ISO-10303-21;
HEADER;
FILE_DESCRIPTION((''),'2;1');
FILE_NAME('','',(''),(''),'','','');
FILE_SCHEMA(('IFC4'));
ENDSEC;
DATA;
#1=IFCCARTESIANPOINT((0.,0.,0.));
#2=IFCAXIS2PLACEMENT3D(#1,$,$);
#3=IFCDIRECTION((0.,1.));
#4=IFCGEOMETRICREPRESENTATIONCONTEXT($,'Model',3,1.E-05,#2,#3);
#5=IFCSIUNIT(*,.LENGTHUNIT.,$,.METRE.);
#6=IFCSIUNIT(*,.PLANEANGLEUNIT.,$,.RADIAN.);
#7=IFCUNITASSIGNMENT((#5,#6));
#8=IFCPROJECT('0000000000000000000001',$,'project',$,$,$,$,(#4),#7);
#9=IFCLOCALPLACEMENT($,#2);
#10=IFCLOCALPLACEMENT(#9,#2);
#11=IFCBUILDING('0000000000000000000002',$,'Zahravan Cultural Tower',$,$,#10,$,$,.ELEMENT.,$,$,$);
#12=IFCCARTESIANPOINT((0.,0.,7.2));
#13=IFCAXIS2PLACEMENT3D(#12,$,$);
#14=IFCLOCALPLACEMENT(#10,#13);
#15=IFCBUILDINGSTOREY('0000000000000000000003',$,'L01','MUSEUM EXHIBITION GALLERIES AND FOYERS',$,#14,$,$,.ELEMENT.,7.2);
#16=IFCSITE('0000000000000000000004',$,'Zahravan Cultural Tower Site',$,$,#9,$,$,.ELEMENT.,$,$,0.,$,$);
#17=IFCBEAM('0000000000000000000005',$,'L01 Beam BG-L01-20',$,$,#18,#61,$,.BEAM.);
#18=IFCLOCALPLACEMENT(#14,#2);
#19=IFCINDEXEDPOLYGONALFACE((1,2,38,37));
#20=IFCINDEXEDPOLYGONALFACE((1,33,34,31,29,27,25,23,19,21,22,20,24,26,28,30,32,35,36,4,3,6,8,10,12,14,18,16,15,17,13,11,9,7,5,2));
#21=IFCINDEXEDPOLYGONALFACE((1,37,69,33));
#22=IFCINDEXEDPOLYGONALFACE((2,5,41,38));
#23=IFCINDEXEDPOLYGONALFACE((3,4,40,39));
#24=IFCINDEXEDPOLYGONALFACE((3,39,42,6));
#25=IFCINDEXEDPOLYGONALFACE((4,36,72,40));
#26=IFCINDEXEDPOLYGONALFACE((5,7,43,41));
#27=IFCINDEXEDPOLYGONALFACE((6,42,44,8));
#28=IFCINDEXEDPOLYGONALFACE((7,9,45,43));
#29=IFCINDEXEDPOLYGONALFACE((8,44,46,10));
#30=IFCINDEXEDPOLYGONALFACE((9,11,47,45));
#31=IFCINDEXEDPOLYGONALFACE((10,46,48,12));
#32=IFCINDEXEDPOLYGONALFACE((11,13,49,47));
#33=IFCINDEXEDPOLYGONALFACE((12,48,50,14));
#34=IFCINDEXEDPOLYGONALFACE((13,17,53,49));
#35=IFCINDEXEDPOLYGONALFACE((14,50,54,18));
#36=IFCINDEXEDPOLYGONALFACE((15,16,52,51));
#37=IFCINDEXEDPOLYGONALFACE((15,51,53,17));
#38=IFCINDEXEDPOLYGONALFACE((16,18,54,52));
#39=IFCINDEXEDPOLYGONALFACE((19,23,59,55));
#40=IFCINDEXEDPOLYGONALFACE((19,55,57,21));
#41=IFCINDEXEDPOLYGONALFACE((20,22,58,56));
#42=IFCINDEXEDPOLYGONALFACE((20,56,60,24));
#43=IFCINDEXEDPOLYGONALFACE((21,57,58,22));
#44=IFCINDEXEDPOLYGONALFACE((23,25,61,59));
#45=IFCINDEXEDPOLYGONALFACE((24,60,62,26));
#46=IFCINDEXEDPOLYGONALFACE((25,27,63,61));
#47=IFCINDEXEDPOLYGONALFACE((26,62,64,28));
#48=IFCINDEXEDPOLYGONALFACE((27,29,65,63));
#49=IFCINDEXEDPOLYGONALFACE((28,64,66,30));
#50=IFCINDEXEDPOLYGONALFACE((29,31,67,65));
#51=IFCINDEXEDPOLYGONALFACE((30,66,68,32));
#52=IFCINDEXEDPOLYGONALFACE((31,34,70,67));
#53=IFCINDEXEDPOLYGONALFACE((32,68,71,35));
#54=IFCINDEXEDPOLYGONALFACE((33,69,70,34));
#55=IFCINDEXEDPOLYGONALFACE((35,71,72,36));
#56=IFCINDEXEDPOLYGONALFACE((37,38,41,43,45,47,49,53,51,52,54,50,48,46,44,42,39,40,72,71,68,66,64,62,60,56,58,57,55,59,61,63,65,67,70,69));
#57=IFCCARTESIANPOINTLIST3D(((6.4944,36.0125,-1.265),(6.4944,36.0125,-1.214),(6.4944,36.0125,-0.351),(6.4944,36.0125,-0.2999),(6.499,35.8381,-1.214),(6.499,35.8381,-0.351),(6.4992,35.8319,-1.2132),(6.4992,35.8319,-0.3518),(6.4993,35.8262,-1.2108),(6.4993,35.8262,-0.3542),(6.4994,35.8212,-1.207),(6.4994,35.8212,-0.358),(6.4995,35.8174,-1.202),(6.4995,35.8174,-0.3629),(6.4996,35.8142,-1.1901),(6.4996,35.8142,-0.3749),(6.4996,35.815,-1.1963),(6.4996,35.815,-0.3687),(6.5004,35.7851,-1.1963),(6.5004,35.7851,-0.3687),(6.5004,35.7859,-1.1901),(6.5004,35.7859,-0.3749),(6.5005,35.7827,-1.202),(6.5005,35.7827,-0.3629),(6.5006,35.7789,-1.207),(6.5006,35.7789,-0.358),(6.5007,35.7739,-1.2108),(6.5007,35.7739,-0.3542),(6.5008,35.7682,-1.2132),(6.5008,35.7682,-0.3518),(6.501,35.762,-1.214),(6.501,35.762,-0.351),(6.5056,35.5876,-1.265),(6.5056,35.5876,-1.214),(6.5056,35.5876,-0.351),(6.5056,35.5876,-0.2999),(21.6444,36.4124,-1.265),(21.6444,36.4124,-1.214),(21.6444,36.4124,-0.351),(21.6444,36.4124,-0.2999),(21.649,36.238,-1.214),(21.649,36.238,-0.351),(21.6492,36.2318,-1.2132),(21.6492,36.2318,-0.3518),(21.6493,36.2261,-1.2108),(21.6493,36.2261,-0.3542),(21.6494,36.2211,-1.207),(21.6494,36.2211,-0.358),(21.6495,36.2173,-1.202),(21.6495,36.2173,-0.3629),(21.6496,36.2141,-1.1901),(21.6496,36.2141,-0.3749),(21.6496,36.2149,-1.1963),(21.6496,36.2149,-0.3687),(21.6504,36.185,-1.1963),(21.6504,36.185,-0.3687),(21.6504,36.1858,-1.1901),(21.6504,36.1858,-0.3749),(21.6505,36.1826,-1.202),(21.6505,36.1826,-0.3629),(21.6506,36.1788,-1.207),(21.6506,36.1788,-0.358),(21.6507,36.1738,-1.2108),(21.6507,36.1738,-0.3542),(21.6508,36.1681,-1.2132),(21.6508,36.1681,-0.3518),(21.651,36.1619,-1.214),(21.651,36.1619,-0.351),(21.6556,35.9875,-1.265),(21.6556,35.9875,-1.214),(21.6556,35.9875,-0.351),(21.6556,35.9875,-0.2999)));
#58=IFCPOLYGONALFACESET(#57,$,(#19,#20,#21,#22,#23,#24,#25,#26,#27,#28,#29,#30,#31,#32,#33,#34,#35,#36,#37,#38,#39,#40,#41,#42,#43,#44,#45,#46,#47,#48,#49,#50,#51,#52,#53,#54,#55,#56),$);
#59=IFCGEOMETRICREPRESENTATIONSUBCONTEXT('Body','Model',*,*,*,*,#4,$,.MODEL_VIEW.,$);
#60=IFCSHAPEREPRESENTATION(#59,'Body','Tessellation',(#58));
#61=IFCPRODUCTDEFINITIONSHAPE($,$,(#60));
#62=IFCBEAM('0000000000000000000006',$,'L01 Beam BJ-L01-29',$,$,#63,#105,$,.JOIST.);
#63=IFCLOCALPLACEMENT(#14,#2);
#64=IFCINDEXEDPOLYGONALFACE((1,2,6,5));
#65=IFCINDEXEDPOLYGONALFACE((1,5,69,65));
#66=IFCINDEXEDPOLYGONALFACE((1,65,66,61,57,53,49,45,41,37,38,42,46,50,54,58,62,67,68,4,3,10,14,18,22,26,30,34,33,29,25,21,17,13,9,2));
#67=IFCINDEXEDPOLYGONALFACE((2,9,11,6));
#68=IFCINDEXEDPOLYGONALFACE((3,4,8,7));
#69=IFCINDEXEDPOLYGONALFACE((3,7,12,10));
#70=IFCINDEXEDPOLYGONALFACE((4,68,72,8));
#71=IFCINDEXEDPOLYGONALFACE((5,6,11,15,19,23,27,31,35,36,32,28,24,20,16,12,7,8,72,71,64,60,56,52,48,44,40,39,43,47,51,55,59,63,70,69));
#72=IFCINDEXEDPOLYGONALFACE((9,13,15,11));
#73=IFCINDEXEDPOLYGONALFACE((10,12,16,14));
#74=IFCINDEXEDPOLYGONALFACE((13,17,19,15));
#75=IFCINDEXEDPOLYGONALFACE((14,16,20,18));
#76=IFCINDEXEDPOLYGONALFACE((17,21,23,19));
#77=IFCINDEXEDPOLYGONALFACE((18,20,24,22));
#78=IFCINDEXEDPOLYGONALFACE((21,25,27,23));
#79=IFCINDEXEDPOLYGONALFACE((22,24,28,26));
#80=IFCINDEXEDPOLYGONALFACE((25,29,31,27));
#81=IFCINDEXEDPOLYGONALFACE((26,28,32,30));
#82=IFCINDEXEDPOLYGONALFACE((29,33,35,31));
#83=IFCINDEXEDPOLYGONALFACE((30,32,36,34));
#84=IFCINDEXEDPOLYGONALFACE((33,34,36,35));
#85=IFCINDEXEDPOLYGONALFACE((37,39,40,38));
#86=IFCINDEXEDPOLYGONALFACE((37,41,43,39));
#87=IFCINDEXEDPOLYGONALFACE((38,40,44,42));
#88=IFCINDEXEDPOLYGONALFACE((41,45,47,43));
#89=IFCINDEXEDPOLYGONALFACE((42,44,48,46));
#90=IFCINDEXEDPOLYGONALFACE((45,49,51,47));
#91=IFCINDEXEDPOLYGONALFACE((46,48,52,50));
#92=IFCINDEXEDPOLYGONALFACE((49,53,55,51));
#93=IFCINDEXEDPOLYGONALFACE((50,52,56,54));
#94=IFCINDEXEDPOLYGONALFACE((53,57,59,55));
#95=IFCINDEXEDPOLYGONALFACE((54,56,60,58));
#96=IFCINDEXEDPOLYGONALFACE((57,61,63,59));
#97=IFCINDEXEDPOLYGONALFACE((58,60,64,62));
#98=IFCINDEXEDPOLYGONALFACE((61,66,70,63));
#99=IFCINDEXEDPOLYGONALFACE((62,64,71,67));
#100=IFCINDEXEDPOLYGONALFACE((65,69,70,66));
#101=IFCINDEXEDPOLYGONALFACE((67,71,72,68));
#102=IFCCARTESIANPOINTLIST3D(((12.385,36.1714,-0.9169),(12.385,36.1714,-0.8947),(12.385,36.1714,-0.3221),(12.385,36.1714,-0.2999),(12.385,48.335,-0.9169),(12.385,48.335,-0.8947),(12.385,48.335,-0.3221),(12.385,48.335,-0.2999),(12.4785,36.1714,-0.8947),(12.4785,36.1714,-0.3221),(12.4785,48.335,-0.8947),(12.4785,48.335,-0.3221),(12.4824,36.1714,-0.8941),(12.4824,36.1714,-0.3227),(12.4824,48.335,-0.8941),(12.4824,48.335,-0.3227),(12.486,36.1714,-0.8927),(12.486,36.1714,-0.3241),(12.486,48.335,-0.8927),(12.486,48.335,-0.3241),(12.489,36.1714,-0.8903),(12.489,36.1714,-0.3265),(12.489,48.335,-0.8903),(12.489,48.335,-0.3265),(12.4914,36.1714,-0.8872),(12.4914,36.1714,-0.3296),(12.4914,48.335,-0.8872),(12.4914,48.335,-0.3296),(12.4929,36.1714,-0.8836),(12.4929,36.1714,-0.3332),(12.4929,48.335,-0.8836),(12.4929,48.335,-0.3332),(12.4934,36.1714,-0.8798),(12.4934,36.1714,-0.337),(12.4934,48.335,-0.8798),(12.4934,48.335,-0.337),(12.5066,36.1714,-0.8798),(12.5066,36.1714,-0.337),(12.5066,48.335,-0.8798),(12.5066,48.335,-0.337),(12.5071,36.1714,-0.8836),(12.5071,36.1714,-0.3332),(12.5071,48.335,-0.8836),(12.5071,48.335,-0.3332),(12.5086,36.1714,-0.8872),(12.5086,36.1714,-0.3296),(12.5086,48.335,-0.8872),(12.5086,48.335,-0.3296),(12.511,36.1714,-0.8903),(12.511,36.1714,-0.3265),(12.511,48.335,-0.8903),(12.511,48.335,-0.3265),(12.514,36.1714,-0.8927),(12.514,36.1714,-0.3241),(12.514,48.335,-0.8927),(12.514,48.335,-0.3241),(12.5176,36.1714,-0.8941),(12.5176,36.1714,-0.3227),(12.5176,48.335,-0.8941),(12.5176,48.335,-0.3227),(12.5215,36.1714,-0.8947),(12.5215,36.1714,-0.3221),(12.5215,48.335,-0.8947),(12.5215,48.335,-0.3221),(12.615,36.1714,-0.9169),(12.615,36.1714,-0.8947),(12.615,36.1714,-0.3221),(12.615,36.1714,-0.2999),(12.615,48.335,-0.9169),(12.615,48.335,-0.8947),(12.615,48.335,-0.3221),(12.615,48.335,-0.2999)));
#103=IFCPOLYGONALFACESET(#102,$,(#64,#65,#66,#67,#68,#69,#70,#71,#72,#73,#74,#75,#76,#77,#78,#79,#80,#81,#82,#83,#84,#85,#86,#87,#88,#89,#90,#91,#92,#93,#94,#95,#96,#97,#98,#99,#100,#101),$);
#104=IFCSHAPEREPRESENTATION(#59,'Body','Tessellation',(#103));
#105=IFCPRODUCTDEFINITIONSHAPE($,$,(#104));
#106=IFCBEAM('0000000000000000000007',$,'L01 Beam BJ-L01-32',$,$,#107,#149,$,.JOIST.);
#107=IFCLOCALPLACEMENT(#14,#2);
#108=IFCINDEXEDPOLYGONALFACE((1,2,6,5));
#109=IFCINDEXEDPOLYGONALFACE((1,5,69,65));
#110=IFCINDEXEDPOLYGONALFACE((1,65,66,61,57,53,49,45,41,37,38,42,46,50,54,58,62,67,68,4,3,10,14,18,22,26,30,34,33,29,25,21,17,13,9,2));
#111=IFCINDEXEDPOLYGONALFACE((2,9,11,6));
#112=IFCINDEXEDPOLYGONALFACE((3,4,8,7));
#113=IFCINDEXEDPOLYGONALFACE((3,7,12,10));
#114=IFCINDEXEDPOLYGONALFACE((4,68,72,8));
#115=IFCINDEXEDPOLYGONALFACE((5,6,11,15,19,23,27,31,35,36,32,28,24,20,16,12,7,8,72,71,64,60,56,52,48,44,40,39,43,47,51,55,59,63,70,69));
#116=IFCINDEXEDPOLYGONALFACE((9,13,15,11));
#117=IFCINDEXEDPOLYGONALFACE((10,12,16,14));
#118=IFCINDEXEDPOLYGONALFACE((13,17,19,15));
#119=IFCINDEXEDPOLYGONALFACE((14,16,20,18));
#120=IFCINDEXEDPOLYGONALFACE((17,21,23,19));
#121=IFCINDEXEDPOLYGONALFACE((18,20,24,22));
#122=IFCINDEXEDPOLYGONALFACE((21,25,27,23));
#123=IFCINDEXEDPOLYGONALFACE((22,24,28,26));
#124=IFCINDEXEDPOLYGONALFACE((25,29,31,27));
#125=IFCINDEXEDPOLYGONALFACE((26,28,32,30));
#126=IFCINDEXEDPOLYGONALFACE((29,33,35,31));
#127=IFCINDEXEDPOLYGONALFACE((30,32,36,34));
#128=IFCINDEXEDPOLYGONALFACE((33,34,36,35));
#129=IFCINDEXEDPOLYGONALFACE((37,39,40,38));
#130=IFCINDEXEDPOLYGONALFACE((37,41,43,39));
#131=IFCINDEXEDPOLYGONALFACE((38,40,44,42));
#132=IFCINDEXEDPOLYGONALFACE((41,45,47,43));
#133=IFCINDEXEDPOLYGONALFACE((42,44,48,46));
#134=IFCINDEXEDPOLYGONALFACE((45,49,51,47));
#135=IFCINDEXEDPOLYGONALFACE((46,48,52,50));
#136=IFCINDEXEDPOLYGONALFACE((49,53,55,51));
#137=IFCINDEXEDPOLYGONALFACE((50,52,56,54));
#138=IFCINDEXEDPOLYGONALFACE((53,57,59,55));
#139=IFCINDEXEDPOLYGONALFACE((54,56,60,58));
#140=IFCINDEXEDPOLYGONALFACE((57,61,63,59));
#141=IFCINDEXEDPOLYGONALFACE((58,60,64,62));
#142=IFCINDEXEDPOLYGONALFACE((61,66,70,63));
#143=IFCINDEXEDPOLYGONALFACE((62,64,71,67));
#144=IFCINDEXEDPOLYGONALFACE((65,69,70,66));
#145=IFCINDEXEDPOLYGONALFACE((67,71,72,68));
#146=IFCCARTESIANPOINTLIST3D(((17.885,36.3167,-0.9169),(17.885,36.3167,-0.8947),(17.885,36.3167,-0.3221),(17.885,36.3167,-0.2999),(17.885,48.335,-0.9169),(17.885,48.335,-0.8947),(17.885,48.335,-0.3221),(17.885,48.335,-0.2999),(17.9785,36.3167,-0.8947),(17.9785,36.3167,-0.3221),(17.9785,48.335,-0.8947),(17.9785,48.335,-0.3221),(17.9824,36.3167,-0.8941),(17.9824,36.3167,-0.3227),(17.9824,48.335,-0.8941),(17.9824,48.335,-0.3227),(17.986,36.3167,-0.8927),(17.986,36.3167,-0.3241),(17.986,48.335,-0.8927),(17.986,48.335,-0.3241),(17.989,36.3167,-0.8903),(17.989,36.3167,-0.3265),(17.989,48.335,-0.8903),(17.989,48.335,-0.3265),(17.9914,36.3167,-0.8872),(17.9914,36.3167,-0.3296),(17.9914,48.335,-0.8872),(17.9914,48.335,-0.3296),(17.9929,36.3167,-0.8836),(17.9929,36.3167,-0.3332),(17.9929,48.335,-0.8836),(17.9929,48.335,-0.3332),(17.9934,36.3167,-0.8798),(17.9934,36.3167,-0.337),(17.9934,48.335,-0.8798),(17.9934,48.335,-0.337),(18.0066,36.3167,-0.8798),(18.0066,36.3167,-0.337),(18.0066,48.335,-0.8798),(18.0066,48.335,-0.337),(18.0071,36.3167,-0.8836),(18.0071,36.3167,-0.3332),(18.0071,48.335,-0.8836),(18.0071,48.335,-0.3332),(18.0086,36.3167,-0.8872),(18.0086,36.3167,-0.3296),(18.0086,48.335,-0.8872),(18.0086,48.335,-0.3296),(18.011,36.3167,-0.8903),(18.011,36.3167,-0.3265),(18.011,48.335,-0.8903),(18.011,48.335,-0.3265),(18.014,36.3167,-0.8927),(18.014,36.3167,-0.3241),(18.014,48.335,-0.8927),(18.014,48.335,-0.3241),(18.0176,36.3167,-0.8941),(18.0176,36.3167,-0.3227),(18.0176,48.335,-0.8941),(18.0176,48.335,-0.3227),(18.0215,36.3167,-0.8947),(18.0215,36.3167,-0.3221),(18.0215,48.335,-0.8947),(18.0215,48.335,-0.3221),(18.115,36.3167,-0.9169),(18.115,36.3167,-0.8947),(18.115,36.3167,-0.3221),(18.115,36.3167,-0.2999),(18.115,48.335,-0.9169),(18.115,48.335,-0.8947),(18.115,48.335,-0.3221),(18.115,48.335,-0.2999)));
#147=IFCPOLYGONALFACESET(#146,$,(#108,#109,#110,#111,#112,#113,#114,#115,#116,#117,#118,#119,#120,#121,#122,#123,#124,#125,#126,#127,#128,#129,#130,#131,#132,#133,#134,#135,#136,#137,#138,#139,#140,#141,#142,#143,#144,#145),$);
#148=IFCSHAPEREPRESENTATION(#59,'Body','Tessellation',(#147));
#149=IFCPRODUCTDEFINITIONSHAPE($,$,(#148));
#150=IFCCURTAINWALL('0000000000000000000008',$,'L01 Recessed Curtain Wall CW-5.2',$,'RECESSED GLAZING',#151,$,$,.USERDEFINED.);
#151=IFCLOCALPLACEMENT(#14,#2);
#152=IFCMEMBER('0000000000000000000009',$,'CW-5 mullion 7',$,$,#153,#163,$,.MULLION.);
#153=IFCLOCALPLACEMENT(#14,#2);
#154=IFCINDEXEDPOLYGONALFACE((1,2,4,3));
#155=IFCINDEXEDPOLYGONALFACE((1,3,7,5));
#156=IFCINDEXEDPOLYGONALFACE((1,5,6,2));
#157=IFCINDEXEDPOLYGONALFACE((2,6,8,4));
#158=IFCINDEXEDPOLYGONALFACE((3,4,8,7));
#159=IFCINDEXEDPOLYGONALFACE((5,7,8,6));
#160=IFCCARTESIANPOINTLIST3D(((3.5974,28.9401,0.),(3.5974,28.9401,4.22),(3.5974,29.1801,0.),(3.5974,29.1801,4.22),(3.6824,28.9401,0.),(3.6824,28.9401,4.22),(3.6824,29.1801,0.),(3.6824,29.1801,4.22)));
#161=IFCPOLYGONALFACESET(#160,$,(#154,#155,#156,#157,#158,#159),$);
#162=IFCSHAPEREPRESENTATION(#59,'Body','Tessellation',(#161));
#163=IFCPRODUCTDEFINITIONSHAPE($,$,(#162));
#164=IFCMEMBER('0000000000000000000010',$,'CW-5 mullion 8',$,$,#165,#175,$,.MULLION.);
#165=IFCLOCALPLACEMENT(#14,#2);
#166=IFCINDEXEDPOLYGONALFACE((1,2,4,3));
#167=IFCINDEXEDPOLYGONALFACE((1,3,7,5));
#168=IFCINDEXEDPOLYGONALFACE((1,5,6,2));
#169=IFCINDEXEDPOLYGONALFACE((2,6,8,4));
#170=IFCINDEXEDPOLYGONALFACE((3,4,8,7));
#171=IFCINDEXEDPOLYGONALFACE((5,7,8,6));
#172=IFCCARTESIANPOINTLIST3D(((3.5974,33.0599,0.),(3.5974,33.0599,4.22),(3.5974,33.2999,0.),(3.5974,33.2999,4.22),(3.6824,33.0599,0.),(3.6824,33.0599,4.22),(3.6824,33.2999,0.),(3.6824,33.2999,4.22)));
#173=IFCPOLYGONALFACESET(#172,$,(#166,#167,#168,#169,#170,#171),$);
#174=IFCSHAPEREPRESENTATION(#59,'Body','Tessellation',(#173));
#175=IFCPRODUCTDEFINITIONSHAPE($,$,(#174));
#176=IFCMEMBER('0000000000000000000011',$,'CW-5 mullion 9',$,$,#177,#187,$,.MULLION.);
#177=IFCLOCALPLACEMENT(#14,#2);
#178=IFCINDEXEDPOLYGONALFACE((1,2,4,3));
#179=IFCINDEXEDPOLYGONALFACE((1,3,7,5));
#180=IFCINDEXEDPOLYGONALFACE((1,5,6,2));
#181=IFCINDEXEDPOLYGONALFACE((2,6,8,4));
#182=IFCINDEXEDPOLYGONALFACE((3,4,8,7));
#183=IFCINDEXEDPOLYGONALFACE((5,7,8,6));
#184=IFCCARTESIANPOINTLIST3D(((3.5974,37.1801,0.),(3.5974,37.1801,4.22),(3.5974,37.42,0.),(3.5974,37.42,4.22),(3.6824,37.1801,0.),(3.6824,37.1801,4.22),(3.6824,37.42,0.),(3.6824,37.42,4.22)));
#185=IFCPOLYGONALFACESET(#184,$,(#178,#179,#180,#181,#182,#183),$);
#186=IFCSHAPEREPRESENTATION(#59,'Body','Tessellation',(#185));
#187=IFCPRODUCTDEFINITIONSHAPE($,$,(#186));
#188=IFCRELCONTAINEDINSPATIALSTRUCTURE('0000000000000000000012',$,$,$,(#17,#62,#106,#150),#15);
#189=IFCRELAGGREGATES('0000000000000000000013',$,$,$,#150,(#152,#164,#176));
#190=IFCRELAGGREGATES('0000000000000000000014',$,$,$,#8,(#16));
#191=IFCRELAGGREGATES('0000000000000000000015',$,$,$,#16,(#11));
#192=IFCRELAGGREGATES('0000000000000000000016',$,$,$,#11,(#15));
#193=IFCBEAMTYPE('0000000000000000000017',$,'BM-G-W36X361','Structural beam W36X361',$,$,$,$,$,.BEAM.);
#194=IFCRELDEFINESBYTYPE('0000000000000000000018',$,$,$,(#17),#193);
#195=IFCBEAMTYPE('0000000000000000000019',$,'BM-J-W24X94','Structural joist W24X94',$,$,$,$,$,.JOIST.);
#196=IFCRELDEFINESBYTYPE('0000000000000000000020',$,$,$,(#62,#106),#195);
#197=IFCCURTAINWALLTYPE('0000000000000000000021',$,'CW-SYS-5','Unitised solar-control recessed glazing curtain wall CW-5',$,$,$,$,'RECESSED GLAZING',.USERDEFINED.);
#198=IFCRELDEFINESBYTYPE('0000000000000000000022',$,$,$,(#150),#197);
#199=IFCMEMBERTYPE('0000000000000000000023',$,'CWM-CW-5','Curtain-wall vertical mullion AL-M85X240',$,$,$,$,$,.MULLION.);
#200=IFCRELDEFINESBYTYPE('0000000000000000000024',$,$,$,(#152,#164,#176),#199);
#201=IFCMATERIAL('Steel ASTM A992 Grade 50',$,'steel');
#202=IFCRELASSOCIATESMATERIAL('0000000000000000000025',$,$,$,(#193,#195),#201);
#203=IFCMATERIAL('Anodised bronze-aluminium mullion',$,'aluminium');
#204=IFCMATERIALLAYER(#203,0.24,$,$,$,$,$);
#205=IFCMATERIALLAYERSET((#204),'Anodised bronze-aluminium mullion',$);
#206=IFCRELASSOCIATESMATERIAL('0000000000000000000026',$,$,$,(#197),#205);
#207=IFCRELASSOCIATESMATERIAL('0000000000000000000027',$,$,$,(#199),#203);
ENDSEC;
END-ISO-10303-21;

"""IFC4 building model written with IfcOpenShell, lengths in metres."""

from ifc_helpers import new_model, si_unit, direction, frame, origin, origin_2d, place, context, subcontext, project, spatial, rectangle, i_section, extrude, source, transform, mapped, material, layer, layer_set, material_profile, profile_set, type_object, element, aggregate, save


model = new_model("IFC4")

# Units and contexts
model_context = context("Model", 3, precision=1e-05, world=origin(), true_north=direction((0.0, 1.0)))
body_context = subcontext(model_context, "Body", "Model", "MODEL_VIEW")
ifc_project = project(units=[si_unit("LENGTHUNIT", "METRE"), si_unit("PLANEANGLEUNIT", "RADIAN")], contexts=[model_context])

# Site, building, storey
site_placement = place(None, origin())
site = spatial("IfcSite", under=ifc_project, at=site_placement, Name="Zahravan Cultural Tower Site", CompositionType="ELEMENT", RefElevation=0.0)
building_placement = place(site_placement, origin())
building = spatial("IfcBuilding", under=site, at=building_placement, Name="Zahravan Cultural Tower", CompositionType="ELEMENT")
storey_placement = place(building_placement, frame((0.0, 0.0, 7.2)))
storey = spatial("IfcBuildingStorey", under=building, at=storey_placement, Name="L01", Description="MUSEUM EXHIBITION GALLERIES AND FOYERS", CompositionType="ELEMENT", Elevation=7.2)

# Beams
ifc_material_1 = material(Name="Steel ASTM A992 Grade 50", Category="steel")
ifc_material_profile_1 = material_profile(ifc_material_1, i_section(OverallWidth=0.425, OverallDepth=0.9651, WebThickness=0.0283, FlangeThickness=0.051, FilletRadius=0.0239, at=origin_2d()), Name="W36X361")
ifc_profile_set_1 = profile_set([ifc_material_profile_1], Name="Steel ASTM A992 Grade 50")
beam_type_1 = type_object("IfcBeamType", Name="BM-G-W36X361", Description="Structural beam W36X361", PredefinedType="BEAM", material=ifc_profile_set_1)
shared_shape_1 = source(origin(), body_context, "Body", "SweptSolid", [
    extrude(i_section(OverallWidth=0.425, OverallDepth=0.9651, WebThickness=0.0283, FlangeThickness=0.051, FilletRadius=0.0239, at=origin_2d()), origin(), (0.0, 0.0, 1.0), 15.1553),
])
beam_1_placement = place(storey_placement, frame((6.5, 35.8, -0.7825), z_axis=(0.999652, 0.026387, 0.0), x_axis=(-0.026387, 0.999652, 0.0)))
element("IfcBeam", 1, at=beam_1_placement, inside=storey, type_object=beam_type_1, Name="L01 Beam BG-L01-20", PredefinedType="BEAM", context=body_context, shape_type="MappedRepresentation", body=[
    mapped(shared_shape_1, transform((0.0, 0.0, 0.0), x_axis=(1.0, 0.0, 0.0), y_axis=(0.0, 1.0, 0.0), z_axis=(0.0, 0.0, 1.0), scale=1.0)),
])
ifc_material_profile_2 = material_profile(ifc_material_1, i_section(OverallWidth=0.23, OverallDepth=0.6169, WebThickness=0.0132, FlangeThickness=0.0222, FilletRadius=0.0149, at=origin_2d()), Name="W24X94")
ifc_profile_set_2 = profile_set([ifc_material_profile_2], Name="Steel ASTM A992 Grade 50")
beam_type_2 = type_object("IfcBeamType", Name="BM-J-W24X94", Description="Structural joist W24X94", PredefinedType="JOIST", material=ifc_profile_set_2)
shared_shape_2 = source(origin(), body_context, "Body", "SweptSolid", [
    extrude(i_section(OverallWidth=0.23, OverallDepth=0.6169, WebThickness=0.0132, FlangeThickness=0.0222, FilletRadius=0.0149, at=origin_2d()), origin(), (0.0, 0.0, 1.0), 12.1636),
])
beam_2_placement = place(storey_placement, frame((12.5, 36.1714, -0.6084), z_axis=(0.0, 1.0, 0.0), x_axis=(-1.0, 0.0, 0.0)))
element("IfcBeam", 2, at=beam_2_placement, inside=storey, type_object=beam_type_2, Name="L01 Beam BJ-L01-29", PredefinedType="JOIST", context=body_context, shape_type="MappedRepresentation", body=[
    mapped(shared_shape_2, transform((0.0, 0.0, 0.0), x_axis=(1.0, 0.0, 0.0), y_axis=(0.0, 1.0, 0.0), z_axis=(0.0, 0.0, 1.0), scale=1.0)),
])
shared_shape_3 = source(origin(), body_context, "Body", "SweptSolid", [
    extrude(i_section(OverallWidth=0.23, OverallDepth=0.6169, WebThickness=0.0132, FlangeThickness=0.0222, FilletRadius=0.0149, at=origin_2d()), origin(), (0.0, 0.0, 1.0), 12.0183),
])
beam_3_placement = place(storey_placement, frame((18.0, 36.3167, -0.6084), z_axis=(0.0, 1.0, 0.0), x_axis=(-1.0, 0.0, 0.0)))
element("IfcBeam", 3, at=beam_3_placement, inside=storey, type_object=beam_type_2, Name="L01 Beam BJ-L01-32", PredefinedType="JOIST", context=body_context, shape_type="MappedRepresentation", body=[
    mapped(shared_shape_3, transform((0.0, 0.0, 0.0), x_axis=(1.0, 0.0, 0.0), y_axis=(0.0, 1.0, 0.0), z_axis=(0.0, 0.0, 1.0), scale=1.0)),
])

# Curtain wall, members
ifc_material_2 = material(Name="Anodised bronze-aluminium mullion", Category="aluminium")
ifc_layer_1 = layer(ifc_material_2, 0.24)
ifc_layer_set_1 = layer_set([ifc_layer_1], Name="Anodised bronze-aluminium mullion")
curtain_wall_type = type_object("IfcCurtainWallType", Name="CW-SYS-5", Description="Unitised solar-control recessed glazing curtain wall CW-5", ElementType="RECESSED GLAZING", PredefinedType="USERDEFINED", material=ifc_layer_set_1)
curtain_wall_placement = place(storey_placement, origin())
curtain_wall = element("IfcCurtainWall", 4, at=curtain_wall_placement, inside=storey, type_object=curtain_wall_type, Name="L01 Recessed Curtain Wall CW-5.2", ObjectType="RECESSED GLAZING", PredefinedType="USERDEFINED")
ifc_material_profile_3 = material_profile(ifc_material_2, rectangle(XDim=0.085, YDim=0.24, at=origin_2d()), Name="AL-M85X240")
ifc_profile_set_3 = profile_set([ifc_material_profile_3], Name="Anodised bronze-aluminium mullion")
member_type_1 = type_object("IfcMemberType", Name="CWM-CW-5", Description="Curtain-wall vertical mullion AL-M85X240", PredefinedType="MULLION", material=ifc_profile_set_3)
shared_shape_4 = source(origin(), body_context, "Body", "SweptSolid", [
    extrude(rectangle(XDim=0.085, YDim=0.24, at=origin_2d()), origin(), (0.0, 0.0, 1.0), 4.22),
])
member_1_placement = place(storey_placement, frame((3.6399, 29.0601, 0.0), z_axis=(0.0, 0.0, 1.0), x_axis=(-1.0, 0.0, 0.0)))
member_1 = element("IfcMember", 5, at=member_1_placement, type_object=member_type_1, Name="CW-5 mullion 7", PredefinedType="MULLION", context=body_context, shape_type="MappedRepresentation", body=[
    mapped(shared_shape_4, transform((0.0, 0.0, 0.0), x_axis=(1.0, 0.0, 0.0), y_axis=(0.0, 1.0, 0.0), z_axis=(0.0, 0.0, 1.0), scale=1.0)),
])
member_2_placement = place(storey_placement, frame((3.6399, 33.1799, 0.0), z_axis=(0.0, 0.0, 1.0), x_axis=(-1.0, 0.0, 0.0)))
member_2 = element("IfcMember", 6, at=member_2_placement, type_object=member_type_1, Name="CW-5 mullion 8", PredefinedType="MULLION", context=body_context, shape_type="MappedRepresentation", body=[
    mapped(shared_shape_4, transform((0.0, 0.0, 0.0), x_axis=(1.0, 0.0, 0.0), y_axis=(0.0, 1.0, 0.0), z_axis=(0.0, 0.0, 1.0), scale=1.0)),
])
member_3_placement = place(storey_placement, frame((3.6399, 37.3, 0.0), z_axis=(0.0, 0.0, 1.0), x_axis=(-1.0, 0.0, 0.0)))
member_3 = element("IfcMember", 7, at=member_3_placement, type_object=member_type_1, Name="CW-5 mullion 9", PredefinedType="MULLION", context=body_context, shape_type="MappedRepresentation", body=[
    mapped(shared_shape_4, transform((0.0, 0.0, 0.0), x_axis=(1.0, 0.0, 0.0), y_axis=(0.0, 1.0, 0.0), z_axis=(0.0, 0.0, 1.0), scale=1.0)),
])
aggregate(curtain_wall, [member_1, member_2, member_3])

save(model, "model.ifc")
